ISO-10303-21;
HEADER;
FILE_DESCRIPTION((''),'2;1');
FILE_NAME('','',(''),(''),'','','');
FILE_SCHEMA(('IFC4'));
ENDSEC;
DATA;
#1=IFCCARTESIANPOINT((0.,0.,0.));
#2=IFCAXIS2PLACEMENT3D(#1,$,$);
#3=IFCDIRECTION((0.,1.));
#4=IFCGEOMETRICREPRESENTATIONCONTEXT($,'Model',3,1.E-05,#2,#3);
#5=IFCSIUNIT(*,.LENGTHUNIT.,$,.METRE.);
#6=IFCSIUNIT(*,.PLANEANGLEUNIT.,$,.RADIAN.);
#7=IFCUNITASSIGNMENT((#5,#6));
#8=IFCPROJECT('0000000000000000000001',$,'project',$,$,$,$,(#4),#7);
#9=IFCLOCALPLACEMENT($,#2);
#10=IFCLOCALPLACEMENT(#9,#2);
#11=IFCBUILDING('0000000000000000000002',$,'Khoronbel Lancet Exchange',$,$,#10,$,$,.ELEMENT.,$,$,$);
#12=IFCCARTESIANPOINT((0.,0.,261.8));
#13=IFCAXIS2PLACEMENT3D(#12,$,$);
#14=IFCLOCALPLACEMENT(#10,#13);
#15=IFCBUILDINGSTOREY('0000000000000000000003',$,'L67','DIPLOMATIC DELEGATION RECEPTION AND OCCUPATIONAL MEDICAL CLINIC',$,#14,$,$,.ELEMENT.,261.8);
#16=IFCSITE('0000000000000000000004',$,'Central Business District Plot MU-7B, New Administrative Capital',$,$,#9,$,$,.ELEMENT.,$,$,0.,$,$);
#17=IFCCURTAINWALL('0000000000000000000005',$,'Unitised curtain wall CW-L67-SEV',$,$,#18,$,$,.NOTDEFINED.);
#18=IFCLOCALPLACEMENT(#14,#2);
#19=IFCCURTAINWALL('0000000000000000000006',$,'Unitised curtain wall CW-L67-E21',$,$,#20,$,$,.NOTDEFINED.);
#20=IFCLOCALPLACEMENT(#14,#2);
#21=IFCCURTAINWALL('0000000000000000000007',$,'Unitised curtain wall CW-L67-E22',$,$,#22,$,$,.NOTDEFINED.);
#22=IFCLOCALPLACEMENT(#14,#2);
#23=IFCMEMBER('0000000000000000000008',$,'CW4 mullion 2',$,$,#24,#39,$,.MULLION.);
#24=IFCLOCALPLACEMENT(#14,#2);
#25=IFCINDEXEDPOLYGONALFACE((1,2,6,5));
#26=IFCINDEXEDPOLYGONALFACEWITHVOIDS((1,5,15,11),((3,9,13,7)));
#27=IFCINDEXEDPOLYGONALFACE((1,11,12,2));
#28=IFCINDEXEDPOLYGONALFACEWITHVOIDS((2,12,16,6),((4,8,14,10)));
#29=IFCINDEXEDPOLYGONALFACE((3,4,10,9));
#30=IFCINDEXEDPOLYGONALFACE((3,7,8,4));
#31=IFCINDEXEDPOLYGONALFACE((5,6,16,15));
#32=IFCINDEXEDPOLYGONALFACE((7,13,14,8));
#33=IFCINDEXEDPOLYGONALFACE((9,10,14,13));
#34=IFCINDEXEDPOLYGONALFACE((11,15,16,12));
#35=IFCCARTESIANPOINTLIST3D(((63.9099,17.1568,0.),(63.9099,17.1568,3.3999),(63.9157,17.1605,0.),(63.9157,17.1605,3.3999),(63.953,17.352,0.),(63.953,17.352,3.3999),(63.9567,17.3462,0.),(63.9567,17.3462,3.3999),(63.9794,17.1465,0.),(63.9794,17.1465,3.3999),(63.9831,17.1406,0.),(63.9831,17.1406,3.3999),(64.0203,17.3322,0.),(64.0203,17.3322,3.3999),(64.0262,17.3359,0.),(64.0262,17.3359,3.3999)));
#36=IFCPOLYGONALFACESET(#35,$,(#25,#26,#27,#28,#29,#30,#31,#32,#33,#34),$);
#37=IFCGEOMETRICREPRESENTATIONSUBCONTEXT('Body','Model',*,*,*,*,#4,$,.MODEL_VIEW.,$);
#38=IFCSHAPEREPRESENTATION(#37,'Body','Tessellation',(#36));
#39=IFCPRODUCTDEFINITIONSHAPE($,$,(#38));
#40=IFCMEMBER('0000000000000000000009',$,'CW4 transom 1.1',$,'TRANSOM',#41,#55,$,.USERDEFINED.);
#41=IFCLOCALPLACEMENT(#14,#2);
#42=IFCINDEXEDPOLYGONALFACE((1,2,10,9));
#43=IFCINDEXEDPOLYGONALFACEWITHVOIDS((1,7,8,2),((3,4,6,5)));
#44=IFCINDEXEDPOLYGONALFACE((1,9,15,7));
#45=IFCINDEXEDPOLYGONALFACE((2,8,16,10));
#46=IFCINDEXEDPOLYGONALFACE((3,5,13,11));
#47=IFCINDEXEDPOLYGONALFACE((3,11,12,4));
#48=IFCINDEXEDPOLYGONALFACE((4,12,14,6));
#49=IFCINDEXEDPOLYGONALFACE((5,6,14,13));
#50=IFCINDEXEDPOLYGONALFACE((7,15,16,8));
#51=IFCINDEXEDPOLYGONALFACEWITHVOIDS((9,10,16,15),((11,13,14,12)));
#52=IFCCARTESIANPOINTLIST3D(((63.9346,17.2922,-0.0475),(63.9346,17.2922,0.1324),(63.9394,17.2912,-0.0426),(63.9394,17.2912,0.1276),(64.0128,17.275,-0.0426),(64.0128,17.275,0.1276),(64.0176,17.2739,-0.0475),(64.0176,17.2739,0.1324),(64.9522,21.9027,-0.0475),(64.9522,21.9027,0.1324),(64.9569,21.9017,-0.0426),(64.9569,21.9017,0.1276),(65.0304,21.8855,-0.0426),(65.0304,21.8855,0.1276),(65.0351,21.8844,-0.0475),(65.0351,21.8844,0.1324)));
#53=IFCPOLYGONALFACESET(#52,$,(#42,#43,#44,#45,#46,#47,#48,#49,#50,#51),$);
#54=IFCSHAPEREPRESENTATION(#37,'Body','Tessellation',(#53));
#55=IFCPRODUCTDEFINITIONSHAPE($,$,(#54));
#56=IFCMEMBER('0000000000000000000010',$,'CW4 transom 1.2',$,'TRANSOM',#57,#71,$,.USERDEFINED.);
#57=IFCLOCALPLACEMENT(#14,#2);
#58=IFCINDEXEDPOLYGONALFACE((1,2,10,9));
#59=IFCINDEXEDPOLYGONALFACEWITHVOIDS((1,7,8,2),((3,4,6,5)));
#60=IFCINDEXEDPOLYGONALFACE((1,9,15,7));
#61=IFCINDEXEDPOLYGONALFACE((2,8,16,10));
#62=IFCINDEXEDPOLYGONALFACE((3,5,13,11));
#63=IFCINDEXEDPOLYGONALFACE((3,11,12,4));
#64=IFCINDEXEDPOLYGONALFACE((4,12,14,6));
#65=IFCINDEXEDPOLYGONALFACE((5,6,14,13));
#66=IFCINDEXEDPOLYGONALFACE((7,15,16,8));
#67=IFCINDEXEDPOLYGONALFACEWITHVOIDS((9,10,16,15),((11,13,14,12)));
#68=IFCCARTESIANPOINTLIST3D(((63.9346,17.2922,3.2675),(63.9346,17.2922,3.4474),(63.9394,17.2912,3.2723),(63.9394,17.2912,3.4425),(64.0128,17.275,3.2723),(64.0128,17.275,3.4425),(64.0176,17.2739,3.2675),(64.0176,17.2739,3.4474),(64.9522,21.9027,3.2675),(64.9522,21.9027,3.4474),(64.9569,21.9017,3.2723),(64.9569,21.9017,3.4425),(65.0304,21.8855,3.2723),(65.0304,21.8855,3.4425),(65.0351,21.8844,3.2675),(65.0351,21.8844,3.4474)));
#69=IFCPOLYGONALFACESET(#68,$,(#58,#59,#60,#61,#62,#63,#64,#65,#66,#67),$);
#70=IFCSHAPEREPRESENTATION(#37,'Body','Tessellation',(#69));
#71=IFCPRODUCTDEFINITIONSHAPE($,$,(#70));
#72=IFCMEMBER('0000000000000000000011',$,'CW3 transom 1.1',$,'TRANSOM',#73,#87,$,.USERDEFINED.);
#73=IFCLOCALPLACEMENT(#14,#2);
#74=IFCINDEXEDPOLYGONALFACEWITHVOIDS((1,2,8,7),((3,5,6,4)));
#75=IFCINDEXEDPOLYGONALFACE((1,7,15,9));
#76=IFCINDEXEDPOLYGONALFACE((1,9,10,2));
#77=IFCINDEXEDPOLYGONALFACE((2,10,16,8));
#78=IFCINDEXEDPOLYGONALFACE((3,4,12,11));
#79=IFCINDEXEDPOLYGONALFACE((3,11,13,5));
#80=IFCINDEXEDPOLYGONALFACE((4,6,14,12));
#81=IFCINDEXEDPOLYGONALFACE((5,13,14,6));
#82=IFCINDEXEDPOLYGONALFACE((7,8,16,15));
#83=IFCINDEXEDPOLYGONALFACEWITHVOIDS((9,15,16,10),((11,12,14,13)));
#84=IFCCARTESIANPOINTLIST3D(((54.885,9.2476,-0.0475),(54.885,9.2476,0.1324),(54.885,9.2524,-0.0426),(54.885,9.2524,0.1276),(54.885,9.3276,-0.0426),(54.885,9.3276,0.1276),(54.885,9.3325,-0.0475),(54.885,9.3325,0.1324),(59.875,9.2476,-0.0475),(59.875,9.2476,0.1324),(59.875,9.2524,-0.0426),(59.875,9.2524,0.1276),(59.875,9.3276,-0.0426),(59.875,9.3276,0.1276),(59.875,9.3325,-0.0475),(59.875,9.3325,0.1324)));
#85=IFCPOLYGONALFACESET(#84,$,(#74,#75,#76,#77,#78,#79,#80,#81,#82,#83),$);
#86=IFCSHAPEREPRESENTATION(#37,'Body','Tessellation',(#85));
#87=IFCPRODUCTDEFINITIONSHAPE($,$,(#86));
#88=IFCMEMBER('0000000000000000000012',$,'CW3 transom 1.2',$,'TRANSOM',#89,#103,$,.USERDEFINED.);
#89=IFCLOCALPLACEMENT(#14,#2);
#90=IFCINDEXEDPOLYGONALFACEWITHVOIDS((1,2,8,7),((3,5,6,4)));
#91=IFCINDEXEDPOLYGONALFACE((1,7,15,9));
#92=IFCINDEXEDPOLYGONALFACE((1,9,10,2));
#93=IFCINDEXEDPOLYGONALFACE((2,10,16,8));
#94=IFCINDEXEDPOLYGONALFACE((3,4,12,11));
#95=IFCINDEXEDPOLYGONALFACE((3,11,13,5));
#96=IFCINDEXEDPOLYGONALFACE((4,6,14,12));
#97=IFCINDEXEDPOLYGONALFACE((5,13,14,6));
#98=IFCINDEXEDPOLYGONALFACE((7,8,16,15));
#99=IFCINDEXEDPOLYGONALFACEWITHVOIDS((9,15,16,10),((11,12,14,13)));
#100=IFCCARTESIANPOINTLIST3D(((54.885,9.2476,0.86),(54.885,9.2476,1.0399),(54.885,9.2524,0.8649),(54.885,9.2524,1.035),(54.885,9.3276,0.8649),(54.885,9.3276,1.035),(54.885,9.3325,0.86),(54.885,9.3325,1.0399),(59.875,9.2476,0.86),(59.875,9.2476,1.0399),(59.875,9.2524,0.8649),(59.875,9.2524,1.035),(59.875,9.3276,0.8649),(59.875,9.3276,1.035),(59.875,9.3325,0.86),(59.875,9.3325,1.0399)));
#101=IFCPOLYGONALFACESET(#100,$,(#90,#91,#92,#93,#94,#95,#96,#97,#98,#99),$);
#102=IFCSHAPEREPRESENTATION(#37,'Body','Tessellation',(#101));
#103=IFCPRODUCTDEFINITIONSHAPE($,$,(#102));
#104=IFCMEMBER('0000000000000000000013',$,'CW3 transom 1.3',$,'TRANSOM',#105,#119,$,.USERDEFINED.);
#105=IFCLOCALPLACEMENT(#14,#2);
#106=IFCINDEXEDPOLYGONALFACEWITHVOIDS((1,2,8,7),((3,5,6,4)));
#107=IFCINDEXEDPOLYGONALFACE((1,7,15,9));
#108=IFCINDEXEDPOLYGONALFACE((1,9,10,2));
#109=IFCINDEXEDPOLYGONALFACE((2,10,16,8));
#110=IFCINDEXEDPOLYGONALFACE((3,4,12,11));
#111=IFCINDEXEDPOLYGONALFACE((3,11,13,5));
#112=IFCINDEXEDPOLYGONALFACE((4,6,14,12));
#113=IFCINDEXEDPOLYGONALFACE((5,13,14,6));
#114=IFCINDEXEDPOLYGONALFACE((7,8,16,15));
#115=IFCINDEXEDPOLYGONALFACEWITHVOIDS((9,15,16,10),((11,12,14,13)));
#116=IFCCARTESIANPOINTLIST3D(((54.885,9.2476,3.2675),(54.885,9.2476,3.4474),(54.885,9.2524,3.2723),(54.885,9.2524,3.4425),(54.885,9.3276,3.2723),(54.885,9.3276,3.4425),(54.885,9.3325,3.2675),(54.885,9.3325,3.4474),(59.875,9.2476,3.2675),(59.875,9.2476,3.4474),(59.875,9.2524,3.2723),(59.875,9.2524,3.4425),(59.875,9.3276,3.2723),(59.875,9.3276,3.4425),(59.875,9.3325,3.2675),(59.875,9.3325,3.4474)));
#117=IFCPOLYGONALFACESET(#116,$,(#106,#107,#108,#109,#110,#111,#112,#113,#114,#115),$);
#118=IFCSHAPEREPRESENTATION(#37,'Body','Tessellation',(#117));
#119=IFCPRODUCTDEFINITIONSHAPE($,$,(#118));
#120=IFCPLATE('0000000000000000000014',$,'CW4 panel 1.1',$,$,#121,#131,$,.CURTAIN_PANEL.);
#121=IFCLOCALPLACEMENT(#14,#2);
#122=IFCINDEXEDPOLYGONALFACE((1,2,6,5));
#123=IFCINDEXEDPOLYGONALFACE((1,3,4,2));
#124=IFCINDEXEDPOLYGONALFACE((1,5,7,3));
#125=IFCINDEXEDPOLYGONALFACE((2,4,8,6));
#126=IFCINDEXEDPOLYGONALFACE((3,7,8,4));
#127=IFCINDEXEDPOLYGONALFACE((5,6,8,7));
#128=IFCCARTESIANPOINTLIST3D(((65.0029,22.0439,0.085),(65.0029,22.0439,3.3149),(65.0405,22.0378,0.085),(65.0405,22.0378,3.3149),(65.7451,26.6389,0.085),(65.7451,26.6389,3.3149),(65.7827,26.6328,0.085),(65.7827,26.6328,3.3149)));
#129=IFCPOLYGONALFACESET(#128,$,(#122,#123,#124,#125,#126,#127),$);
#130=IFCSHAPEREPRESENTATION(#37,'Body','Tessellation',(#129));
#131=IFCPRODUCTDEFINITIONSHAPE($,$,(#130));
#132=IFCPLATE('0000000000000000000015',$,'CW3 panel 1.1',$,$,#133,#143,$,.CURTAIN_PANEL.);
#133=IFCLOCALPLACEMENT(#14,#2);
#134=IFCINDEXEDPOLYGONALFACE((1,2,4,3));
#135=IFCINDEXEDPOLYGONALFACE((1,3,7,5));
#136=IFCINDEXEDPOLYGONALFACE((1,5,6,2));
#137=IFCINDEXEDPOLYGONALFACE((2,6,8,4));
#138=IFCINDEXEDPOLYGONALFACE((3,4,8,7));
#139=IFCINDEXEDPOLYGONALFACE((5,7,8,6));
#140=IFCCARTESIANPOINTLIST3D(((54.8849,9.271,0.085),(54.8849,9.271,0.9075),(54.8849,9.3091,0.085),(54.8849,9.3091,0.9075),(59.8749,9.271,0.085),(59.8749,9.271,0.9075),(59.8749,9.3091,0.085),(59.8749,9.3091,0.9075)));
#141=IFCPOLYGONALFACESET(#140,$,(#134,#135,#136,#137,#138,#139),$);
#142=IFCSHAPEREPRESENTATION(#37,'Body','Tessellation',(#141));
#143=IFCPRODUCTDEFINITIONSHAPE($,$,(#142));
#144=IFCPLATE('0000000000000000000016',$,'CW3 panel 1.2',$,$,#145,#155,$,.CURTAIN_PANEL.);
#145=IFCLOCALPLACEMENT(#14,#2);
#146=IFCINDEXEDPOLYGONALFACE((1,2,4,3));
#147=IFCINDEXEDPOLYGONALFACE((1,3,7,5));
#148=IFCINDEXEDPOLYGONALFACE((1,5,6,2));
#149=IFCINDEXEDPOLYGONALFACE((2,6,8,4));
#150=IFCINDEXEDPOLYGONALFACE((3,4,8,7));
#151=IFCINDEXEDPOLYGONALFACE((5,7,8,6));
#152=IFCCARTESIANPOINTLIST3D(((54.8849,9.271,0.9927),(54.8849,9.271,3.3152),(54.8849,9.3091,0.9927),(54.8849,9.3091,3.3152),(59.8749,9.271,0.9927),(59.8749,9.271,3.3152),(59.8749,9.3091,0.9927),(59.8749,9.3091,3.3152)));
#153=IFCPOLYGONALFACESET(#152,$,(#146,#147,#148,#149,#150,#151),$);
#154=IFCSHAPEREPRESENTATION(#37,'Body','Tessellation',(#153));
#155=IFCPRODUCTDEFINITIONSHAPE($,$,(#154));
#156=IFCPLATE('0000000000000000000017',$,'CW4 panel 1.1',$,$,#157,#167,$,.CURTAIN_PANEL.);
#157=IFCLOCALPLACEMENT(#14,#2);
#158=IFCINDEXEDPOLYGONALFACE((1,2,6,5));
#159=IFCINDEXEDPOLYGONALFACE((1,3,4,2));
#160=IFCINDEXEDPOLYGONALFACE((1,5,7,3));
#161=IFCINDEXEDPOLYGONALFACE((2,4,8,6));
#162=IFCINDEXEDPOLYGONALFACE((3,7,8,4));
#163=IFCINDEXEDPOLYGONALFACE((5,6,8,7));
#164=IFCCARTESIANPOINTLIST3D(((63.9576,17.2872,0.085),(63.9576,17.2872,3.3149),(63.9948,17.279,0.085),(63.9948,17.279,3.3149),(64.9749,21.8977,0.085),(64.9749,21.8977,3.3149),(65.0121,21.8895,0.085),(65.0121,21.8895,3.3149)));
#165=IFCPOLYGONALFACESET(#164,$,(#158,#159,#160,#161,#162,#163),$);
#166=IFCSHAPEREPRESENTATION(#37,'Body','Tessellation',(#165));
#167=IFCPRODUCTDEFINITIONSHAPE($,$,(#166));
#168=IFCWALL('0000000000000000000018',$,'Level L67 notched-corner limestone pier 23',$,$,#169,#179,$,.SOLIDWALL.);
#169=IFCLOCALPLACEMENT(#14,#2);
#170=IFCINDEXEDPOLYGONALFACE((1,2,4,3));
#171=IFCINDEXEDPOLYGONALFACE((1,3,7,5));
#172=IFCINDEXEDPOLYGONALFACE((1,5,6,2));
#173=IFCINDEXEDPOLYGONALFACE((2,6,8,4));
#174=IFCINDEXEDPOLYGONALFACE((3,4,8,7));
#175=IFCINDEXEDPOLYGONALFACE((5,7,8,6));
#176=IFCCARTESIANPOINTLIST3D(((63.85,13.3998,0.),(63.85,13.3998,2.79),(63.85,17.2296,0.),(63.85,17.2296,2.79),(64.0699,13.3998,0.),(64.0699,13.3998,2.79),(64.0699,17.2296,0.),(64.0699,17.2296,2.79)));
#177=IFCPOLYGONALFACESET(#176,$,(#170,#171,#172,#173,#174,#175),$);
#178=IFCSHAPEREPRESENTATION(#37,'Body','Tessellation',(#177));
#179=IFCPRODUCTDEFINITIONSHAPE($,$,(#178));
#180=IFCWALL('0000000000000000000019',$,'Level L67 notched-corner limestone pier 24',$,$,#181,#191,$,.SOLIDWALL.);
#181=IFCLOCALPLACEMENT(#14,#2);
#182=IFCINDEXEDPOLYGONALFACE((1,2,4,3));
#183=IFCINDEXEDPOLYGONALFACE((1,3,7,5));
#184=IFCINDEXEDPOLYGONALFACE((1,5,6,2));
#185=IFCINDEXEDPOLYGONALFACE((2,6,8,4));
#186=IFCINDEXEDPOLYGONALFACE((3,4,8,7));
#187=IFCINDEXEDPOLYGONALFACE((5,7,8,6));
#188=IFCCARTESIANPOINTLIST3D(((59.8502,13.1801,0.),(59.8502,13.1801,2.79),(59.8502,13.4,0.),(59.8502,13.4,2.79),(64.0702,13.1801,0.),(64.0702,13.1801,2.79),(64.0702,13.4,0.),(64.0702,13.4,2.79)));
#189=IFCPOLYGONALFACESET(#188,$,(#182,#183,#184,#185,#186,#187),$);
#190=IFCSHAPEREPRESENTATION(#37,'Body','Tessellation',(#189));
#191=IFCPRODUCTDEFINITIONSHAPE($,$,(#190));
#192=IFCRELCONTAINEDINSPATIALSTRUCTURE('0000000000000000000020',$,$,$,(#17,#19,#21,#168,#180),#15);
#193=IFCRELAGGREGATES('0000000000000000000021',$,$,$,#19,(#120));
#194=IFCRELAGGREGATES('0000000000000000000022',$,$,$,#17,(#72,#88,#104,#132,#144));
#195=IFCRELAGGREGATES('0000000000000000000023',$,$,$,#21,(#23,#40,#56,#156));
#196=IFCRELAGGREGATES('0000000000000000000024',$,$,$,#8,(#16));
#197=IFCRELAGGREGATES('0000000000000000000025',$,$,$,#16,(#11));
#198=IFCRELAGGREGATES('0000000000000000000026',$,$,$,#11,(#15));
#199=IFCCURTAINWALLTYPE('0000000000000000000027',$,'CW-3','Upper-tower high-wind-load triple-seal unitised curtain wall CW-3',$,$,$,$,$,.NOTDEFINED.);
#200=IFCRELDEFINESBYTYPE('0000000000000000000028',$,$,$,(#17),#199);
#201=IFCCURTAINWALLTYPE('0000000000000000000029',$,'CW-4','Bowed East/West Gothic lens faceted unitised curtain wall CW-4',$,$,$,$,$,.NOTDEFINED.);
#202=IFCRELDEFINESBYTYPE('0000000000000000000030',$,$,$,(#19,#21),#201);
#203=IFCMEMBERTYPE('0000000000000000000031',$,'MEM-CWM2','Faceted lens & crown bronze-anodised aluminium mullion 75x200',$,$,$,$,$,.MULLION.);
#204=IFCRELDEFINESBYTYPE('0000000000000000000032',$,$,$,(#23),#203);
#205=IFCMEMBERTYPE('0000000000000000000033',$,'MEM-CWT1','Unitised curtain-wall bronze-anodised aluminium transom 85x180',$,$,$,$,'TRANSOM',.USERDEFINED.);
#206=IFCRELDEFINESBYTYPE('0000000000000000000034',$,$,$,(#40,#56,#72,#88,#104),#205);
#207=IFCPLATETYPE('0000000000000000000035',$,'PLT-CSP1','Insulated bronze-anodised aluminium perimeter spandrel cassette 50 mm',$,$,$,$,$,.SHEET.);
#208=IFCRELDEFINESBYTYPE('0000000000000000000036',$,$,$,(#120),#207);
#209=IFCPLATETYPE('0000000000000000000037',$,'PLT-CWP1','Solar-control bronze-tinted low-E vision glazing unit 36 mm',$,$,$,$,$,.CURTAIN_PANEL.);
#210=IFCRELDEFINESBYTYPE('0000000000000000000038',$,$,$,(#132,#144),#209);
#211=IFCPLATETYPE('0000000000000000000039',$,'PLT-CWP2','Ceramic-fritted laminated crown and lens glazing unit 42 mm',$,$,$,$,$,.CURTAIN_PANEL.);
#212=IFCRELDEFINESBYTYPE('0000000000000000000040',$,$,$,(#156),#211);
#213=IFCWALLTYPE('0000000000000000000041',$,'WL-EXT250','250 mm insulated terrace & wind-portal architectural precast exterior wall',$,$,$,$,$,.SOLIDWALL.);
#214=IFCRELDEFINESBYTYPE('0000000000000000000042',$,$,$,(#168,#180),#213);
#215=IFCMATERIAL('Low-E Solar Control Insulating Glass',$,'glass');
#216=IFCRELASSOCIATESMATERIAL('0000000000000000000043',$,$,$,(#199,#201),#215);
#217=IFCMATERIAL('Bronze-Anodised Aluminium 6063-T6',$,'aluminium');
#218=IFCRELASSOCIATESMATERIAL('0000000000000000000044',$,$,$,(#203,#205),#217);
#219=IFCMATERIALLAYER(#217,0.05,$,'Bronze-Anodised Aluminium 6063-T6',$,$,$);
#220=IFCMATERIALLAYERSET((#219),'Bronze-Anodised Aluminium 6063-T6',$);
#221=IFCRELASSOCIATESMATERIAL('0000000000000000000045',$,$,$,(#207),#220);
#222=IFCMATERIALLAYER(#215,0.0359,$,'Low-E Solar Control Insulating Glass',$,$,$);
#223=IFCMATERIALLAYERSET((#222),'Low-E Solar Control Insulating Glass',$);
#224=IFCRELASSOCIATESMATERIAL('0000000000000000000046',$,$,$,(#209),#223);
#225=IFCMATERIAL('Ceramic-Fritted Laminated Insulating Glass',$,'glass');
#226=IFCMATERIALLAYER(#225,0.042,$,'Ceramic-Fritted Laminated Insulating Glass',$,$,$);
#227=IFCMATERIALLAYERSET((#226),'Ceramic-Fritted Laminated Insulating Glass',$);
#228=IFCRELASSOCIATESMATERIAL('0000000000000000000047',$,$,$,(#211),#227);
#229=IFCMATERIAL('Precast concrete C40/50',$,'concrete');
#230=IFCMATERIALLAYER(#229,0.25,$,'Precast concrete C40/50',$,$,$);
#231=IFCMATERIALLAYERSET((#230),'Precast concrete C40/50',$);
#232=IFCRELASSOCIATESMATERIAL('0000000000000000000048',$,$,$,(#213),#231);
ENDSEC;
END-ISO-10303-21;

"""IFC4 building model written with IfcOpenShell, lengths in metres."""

from ifc_helpers import new_model, si_unit, direction, frame, frame_2d, origin, origin_2d, place, context, subcontext, project, spatial, rectangle, hollow_rectangle, extrude, material, layer, layer_set, material_profile, profile_set, type_object, element, aggregate, save


model = new_model("IFC4")

# Units and contexts
model_context = context("Model", 3, precision=1e-05, world=origin(), true_north=direction((0.0, 1.0)))
body_context = subcontext(model_context, "Body", "Model", "MODEL_VIEW")
ifc_project = project(units=[si_unit("LENGTHUNIT", "METRE"), si_unit("PLANEANGLEUNIT", "RADIAN")], contexts=[model_context])

# Site, building, storey
site_placement = place(None, origin())
site = spatial("IfcSite", under=ifc_project, at=site_placement, Name="Central Business District Plot MU-7B, New Administrative Capital", CompositionType="ELEMENT", RefElevation=0.0)
building_placement = place(site_placement, origin())
building = spatial("IfcBuilding", under=site, at=building_placement, Name="Khoronbel Lancet Exchange", CompositionType="ELEMENT")
storey_placement = place(building_placement, frame((0.0, 0.0, 261.8)))
storey = spatial("IfcBuildingStorey", under=building, at=storey_placement, Name="L67", Description="DIPLOMATIC DELEGATION RECEPTION AND OCCUPATIONAL MEDICAL CLINIC", CompositionType="ELEMENT", Elevation=261.8)

# Shared definitions
ifc_material_1 = material(Name="Low-E Solar Control Insulating Glass", Category="glass")
curtain_wall_type_1 = type_object("IfcCurtainWallType", Name="CW-3", Description="Upper-tower high-wind-load triple-seal unitised curtain wall CW-3", PredefinedType="NOTDEFINED", material=ifc_material_1)
ifc_material_2 = material(Name="Bronze-Anodised Aluminium 6063-T6", Category="aluminium")

# Curtain wall
curtain_wall_1_placement = place(storey_placement, origin())
curtain_wall_1 = element("IfcCurtainWall", 1, at=curtain_wall_1_placement, inside=storey, type_object=curtain_wall_type_1, Name="Unitised curtain wall CW-L67-SEV", PredefinedType="NOTDEFINED")

# Curtain wall
curtain_wall_type_2 = type_object("IfcCurtainWallType", Name="CW-4", Description="Bowed East/West Gothic lens faceted unitised curtain wall CW-4", PredefinedType="NOTDEFINED", material=ifc_material_1)
curtain_wall_2_placement = place(storey_placement, origin())
curtain_wall_2 = element("IfcCurtainWall", 2, at=curtain_wall_2_placement, inside=storey, type_object=curtain_wall_type_2, Name="Unitised curtain wall CW-L67-E21", PredefinedType="NOTDEFINED")
ifc_material_profile_1 = material_profile(ifc_material_2, hollow_rectangle(XDim=0.075, YDim=0.2, WallThickness=0.0049, at=origin_2d()), Name="ALU MULLION 75x200")
ifc_profile_set_1 = profile_set([ifc_material_profile_1], Name="Bronze-Anodised Aluminium 6063-T6")
member_type_1 = type_object("IfcMemberType", Name="MEM-CWM2", Description="Faceted lens & crown bronze-anodised aluminium mullion 75x200", PredefinedType="MULLION", material=ifc_profile_set_1)

# Curtain wall, members
curtain_wall_3_placement = place(storey_placement, origin())
curtain_wall_3 = element("IfcCurtainWall", 3, at=curtain_wall_3_placement, inside=storey, type_object=curtain_wall_type_2, Name="Unitised curtain wall CW-L67-E22", PredefinedType="NOTDEFINED")
member_1_placement = place(storey_placement, frame((63.968, 17.2463, 0.0), z_axis=(0.0, 0.0, 1.0), x_axis=(0.976509, -0.215476, 0.0)))
member_1 = element("IfcMember", 4, at=member_1_placement, type_object=member_type_1, Name="CW4 mullion 2", PredefinedType="MULLION", context=body_context, shape_type="SweptSolid", body=[
    extrude(hollow_rectangle(XDim=0.075, YDim=0.2, WallThickness=0.0049, at=origin_2d()), origin(), (0.0, 0.0, 1.0), 3.3999),
])
ifc_material_profile_2 = material_profile(ifc_material_2, hollow_rectangle(XDim=0.085, YDim=0.1799, WallThickness=0.0049, at=origin_2d()), Name="ALU TRANSOM 85x180")
ifc_profile_set_2 = profile_set([ifc_material_profile_2], Name="Bronze-Anodised Aluminium 6063-T6")
member_type_2 = type_object("IfcMemberType", Name="MEM-CWT1", Description="Unitised curtain-wall bronze-anodised aluminium transom 85x180", ElementType="TRANSOM", PredefinedType="USERDEFINED", material=ifc_profile_set_2)
member_2_placement = place(storey_placement, frame((64.9937, 21.8936, 0.0425), z_axis=(-0.215518, -0.9765, 0.0), x_axis=(0.9765, -0.215518, 0.0)))
member_2 = element("IfcMember", 5, at=member_2_placement, type_object=member_type_2, Name="CW4 transom 1.1", ObjectType="TRANSOM", PredefinedType="USERDEFINED", context=body_context, shape_type="SweptSolid", body=[
    extrude(hollow_rectangle(XDim=0.085, YDim=0.1799, WallThickness=0.0049, at=origin_2d()), origin(), (0.0, 0.0, 1.0), 4.7214),
])
member_3_placement = place(storey_placement, frame((64.9937, 21.8936, 3.3574), z_axis=(-0.215518, -0.9765, 0.0), x_axis=(0.9765, -0.215518, 0.0)))
member_3 = element("IfcMember", 6, at=member_3_placement, type_object=member_type_2, Name="CW4 transom 1.2", ObjectType="TRANSOM", PredefinedType="USERDEFINED", context=body_context, shape_type="SweptSolid", body=[
    extrude(hollow_rectangle(XDim=0.085, YDim=0.1799, WallThickness=0.0049, at=origin_2d()), origin(), (0.0, 0.0, 1.0), 4.7214),
])

# Members
member_4_placement = place(storey_placement, frame((54.885, 9.29, 0.0425), z_axis=(1.0, 0.0, 0.0), x_axis=(0.0, 1.0, 0.0)))
member_4 = element("IfcMember", 7, at=member_4_placement, type_object=member_type_2, Name="CW3 transom 1.1", ObjectType="TRANSOM", PredefinedType="USERDEFINED", context=body_context, shape_type="SweptSolid", body=[
    extrude(hollow_rectangle(XDim=0.085, YDim=0.1799, WallThickness=0.0049, at=origin_2d()), origin(), (0.0, 0.0, 1.0), 4.99),
])
member_5_placement = place(storey_placement, frame((54.885, 9.29, 0.95), z_axis=(1.0, 0.0, 0.0), x_axis=(0.0, 1.0, 0.0)))
member_5 = element("IfcMember", 8, at=member_5_placement, type_object=member_type_2, Name="CW3 transom 1.2", ObjectType="TRANSOM", PredefinedType="USERDEFINED", context=body_context, shape_type="SweptSolid", body=[
    extrude(hollow_rectangle(XDim=0.085, YDim=0.1799, WallThickness=0.0049, at=origin_2d()), origin(), (0.0, 0.0, 1.0), 4.99),
])
member_6_placement = place(storey_placement, frame((54.885, 9.29, 3.3574), z_axis=(1.0, 0.0, 0.0), x_axis=(0.0, 1.0, 0.0)))
member_6 = element("IfcMember", 9, at=member_6_placement, type_object=member_type_2, Name="CW3 transom 1.3", ObjectType="TRANSOM", PredefinedType="USERDEFINED", context=body_context, shape_type="SweptSolid", body=[
    extrude(hollow_rectangle(XDim=0.085, YDim=0.1799, WallThickness=0.0049, at=origin_2d()), origin(), (0.0, 0.0, 1.0), 4.99),
])

# Plates
ifc_layer_1 = layer(ifc_material_2, 0.05, Name="Bronze-Anodised Aluminium 6063-T6")
ifc_layer_set_1 = layer_set([ifc_layer_1], Name="Bronze-Anodised Aluminium 6063-T6")
plate_type_1 = type_object("IfcPlateType", Name="PLT-CSP1", Description="Insulated bronze-anodised aluminium perimeter spandrel cassette 50 mm", PredefinedType="SHEET", material=ifc_layer_set_1)
plate_1_placement = place(storey_placement, frame((65.3928, 24.3384, 0.085), z_axis=(0.0, 0.0, 1.0), x_axis=(-0.159456, -0.987205, 0.0)))
plate_1 = element("IfcPlate", 10, at=plate_1_placement, type_object=plate_type_1, Name="CW4 panel 1.1", PredefinedType="CURTAIN_PANEL", context=body_context, shape_type="SweptSolid", body=[
    extrude(rectangle(XDim=4.6545, YDim=0.0381, at=origin_2d()), origin(), (0.0, 0.0, 1.0), 3.23),
])
aggregate(curtain_wall_2, [plate_1])
ifc_layer_2 = layer(ifc_material_1, 0.0359, Name="Low-E Solar Control Insulating Glass")
ifc_layer_set_2 = layer_set([ifc_layer_2], Name="Low-E Solar Control Insulating Glass")
plate_type_2 = type_object("IfcPlateType", Name="PLT-CWP1", Description="Solar-control bronze-tinted low-E vision glazing unit 36 mm", PredefinedType="CURTAIN_PANEL", material=ifc_layer_set_2)
plate_2_placement = place(storey_placement, frame((57.3799, 9.29, 0.085), z_axis=(0.0, 0.0, 1.0), x_axis=(1.0, 0.0, 0.0)))
plate_2 = element("IfcPlate", 11, at=plate_2_placement, type_object=plate_type_2, Name="CW3 panel 1.1", PredefinedType="CURTAIN_PANEL", context=body_context, shape_type="SweptSolid", body=[
    extrude(rectangle(XDim=4.99, YDim=0.0381, at=origin_2d()), origin(), (0.0, 0.0, 1.0), 0.8225),
])
plate_3_placement = place(storey_placement, frame((57.3799, 9.29, 0.9927), z_axis=(0.0, 0.0, 1.0), x_axis=(1.0, 0.0, 0.0)))
plate_3 = element("IfcPlate", 12, at=plate_3_placement, type_object=plate_type_2, Name="CW3 panel 1.2", PredefinedType="CURTAIN_PANEL", context=body_context, shape_type="SweptSolid", body=[
    extrude(rectangle(XDim=4.99, YDim=0.0381, at=origin_2d()), origin(), (0.0, 0.0, 1.0), 2.3225),
])
aggregate(curtain_wall_1, [member_4, member_5, member_6, plate_2, plate_3])
ifc_material_3 = material(Name="Ceramic-Fritted Laminated Insulating Glass", Category="glass")
ifc_layer_3 = layer(ifc_material_3, 0.042, Name="Ceramic-Fritted Laminated Insulating Glass")
ifc_layer_set_3 = layer_set([ifc_layer_3], Name="Ceramic-Fritted Laminated Insulating Glass")
plate_type_3 = type_object("IfcPlateType", Name="PLT-CWP2", Description="Ceramic-fritted laminated crown and lens glazing unit 42 mm", PredefinedType="CURTAIN_PANEL", material=ifc_layer_set_3)
plate_4_placement = place(storey_placement, frame((64.4849, 19.5884, 0.085), z_axis=(0.0, 0.0, 1.0), x_axis=(-0.215476, -0.976509, 0.0)))
plate_4 = element("IfcPlate", 13, at=plate_4_placement, type_object=plate_type_3, Name="CW4 panel 1.1", PredefinedType="CURTAIN_PANEL", context=body_context, shape_type="SweptSolid", body=[
    extrude(rectangle(XDim=4.7214, YDim=0.0381, at=origin_2d()), origin(), (0.0, 0.0, 1.0), 3.23),
])
aggregate(curtain_wall_3, [member_1, member_2, member_3, plate_4])

# Walls
ifc_material_4 = material(Name="Precast concrete C40/50", Category="concrete")
ifc_layer_4 = layer(ifc_material_4, 0.25, Name="Precast concrete C40/50")
ifc_layer_set_4 = layer_set([ifc_layer_4], Name="Precast concrete C40/50")
wall_type_1 = type_object("IfcWallType", Name="WL-EXT250", Description="250 mm insulated terrace & wind-portal architectural precast exterior wall", PredefinedType="SOLIDWALL", material=ifc_layer_set_4)
wall_1_placement = place(storey_placement, frame((63.96, 17.2297, 0.0), z_axis=(0.0, 0.0, 1.0), x_axis=(0.0, -1.0, 0.0)))
element("IfcWall", 14, at=wall_1_placement, inside=storey, type_object=wall_type_1, Name="Level L67 notched-corner limestone pier 23", PredefinedType="SOLIDWALL", context=body_context, shape_type="SweptSolid", body=[
    extrude(rectangle(XDim=3.8298, YDim=0.22, at=frame_2d((1.915, 0.0))), origin(), (0.0, 0.0, 1.0), 2.79),
])
wall_2_placement = place(storey_placement, frame((64.0701, 13.29, 0.0), z_axis=(0.0, 0.0, 1.0), x_axis=(-1.0, 0.0, 0.0)))
element("IfcWall", 15, at=wall_2_placement, inside=storey, type_object=wall_type_1, Name="Level L67 notched-corner limestone pier 24", PredefinedType="SOLIDWALL", context=body_context, shape_type="SweptSolid", body=[
    extrude(rectangle(XDim=4.22, YDim=0.22, at=frame_2d((2.1099, 0.0))), origin(), (0.0, 0.0, 1.0), 2.79),
])

save(model, "model.ifc")
